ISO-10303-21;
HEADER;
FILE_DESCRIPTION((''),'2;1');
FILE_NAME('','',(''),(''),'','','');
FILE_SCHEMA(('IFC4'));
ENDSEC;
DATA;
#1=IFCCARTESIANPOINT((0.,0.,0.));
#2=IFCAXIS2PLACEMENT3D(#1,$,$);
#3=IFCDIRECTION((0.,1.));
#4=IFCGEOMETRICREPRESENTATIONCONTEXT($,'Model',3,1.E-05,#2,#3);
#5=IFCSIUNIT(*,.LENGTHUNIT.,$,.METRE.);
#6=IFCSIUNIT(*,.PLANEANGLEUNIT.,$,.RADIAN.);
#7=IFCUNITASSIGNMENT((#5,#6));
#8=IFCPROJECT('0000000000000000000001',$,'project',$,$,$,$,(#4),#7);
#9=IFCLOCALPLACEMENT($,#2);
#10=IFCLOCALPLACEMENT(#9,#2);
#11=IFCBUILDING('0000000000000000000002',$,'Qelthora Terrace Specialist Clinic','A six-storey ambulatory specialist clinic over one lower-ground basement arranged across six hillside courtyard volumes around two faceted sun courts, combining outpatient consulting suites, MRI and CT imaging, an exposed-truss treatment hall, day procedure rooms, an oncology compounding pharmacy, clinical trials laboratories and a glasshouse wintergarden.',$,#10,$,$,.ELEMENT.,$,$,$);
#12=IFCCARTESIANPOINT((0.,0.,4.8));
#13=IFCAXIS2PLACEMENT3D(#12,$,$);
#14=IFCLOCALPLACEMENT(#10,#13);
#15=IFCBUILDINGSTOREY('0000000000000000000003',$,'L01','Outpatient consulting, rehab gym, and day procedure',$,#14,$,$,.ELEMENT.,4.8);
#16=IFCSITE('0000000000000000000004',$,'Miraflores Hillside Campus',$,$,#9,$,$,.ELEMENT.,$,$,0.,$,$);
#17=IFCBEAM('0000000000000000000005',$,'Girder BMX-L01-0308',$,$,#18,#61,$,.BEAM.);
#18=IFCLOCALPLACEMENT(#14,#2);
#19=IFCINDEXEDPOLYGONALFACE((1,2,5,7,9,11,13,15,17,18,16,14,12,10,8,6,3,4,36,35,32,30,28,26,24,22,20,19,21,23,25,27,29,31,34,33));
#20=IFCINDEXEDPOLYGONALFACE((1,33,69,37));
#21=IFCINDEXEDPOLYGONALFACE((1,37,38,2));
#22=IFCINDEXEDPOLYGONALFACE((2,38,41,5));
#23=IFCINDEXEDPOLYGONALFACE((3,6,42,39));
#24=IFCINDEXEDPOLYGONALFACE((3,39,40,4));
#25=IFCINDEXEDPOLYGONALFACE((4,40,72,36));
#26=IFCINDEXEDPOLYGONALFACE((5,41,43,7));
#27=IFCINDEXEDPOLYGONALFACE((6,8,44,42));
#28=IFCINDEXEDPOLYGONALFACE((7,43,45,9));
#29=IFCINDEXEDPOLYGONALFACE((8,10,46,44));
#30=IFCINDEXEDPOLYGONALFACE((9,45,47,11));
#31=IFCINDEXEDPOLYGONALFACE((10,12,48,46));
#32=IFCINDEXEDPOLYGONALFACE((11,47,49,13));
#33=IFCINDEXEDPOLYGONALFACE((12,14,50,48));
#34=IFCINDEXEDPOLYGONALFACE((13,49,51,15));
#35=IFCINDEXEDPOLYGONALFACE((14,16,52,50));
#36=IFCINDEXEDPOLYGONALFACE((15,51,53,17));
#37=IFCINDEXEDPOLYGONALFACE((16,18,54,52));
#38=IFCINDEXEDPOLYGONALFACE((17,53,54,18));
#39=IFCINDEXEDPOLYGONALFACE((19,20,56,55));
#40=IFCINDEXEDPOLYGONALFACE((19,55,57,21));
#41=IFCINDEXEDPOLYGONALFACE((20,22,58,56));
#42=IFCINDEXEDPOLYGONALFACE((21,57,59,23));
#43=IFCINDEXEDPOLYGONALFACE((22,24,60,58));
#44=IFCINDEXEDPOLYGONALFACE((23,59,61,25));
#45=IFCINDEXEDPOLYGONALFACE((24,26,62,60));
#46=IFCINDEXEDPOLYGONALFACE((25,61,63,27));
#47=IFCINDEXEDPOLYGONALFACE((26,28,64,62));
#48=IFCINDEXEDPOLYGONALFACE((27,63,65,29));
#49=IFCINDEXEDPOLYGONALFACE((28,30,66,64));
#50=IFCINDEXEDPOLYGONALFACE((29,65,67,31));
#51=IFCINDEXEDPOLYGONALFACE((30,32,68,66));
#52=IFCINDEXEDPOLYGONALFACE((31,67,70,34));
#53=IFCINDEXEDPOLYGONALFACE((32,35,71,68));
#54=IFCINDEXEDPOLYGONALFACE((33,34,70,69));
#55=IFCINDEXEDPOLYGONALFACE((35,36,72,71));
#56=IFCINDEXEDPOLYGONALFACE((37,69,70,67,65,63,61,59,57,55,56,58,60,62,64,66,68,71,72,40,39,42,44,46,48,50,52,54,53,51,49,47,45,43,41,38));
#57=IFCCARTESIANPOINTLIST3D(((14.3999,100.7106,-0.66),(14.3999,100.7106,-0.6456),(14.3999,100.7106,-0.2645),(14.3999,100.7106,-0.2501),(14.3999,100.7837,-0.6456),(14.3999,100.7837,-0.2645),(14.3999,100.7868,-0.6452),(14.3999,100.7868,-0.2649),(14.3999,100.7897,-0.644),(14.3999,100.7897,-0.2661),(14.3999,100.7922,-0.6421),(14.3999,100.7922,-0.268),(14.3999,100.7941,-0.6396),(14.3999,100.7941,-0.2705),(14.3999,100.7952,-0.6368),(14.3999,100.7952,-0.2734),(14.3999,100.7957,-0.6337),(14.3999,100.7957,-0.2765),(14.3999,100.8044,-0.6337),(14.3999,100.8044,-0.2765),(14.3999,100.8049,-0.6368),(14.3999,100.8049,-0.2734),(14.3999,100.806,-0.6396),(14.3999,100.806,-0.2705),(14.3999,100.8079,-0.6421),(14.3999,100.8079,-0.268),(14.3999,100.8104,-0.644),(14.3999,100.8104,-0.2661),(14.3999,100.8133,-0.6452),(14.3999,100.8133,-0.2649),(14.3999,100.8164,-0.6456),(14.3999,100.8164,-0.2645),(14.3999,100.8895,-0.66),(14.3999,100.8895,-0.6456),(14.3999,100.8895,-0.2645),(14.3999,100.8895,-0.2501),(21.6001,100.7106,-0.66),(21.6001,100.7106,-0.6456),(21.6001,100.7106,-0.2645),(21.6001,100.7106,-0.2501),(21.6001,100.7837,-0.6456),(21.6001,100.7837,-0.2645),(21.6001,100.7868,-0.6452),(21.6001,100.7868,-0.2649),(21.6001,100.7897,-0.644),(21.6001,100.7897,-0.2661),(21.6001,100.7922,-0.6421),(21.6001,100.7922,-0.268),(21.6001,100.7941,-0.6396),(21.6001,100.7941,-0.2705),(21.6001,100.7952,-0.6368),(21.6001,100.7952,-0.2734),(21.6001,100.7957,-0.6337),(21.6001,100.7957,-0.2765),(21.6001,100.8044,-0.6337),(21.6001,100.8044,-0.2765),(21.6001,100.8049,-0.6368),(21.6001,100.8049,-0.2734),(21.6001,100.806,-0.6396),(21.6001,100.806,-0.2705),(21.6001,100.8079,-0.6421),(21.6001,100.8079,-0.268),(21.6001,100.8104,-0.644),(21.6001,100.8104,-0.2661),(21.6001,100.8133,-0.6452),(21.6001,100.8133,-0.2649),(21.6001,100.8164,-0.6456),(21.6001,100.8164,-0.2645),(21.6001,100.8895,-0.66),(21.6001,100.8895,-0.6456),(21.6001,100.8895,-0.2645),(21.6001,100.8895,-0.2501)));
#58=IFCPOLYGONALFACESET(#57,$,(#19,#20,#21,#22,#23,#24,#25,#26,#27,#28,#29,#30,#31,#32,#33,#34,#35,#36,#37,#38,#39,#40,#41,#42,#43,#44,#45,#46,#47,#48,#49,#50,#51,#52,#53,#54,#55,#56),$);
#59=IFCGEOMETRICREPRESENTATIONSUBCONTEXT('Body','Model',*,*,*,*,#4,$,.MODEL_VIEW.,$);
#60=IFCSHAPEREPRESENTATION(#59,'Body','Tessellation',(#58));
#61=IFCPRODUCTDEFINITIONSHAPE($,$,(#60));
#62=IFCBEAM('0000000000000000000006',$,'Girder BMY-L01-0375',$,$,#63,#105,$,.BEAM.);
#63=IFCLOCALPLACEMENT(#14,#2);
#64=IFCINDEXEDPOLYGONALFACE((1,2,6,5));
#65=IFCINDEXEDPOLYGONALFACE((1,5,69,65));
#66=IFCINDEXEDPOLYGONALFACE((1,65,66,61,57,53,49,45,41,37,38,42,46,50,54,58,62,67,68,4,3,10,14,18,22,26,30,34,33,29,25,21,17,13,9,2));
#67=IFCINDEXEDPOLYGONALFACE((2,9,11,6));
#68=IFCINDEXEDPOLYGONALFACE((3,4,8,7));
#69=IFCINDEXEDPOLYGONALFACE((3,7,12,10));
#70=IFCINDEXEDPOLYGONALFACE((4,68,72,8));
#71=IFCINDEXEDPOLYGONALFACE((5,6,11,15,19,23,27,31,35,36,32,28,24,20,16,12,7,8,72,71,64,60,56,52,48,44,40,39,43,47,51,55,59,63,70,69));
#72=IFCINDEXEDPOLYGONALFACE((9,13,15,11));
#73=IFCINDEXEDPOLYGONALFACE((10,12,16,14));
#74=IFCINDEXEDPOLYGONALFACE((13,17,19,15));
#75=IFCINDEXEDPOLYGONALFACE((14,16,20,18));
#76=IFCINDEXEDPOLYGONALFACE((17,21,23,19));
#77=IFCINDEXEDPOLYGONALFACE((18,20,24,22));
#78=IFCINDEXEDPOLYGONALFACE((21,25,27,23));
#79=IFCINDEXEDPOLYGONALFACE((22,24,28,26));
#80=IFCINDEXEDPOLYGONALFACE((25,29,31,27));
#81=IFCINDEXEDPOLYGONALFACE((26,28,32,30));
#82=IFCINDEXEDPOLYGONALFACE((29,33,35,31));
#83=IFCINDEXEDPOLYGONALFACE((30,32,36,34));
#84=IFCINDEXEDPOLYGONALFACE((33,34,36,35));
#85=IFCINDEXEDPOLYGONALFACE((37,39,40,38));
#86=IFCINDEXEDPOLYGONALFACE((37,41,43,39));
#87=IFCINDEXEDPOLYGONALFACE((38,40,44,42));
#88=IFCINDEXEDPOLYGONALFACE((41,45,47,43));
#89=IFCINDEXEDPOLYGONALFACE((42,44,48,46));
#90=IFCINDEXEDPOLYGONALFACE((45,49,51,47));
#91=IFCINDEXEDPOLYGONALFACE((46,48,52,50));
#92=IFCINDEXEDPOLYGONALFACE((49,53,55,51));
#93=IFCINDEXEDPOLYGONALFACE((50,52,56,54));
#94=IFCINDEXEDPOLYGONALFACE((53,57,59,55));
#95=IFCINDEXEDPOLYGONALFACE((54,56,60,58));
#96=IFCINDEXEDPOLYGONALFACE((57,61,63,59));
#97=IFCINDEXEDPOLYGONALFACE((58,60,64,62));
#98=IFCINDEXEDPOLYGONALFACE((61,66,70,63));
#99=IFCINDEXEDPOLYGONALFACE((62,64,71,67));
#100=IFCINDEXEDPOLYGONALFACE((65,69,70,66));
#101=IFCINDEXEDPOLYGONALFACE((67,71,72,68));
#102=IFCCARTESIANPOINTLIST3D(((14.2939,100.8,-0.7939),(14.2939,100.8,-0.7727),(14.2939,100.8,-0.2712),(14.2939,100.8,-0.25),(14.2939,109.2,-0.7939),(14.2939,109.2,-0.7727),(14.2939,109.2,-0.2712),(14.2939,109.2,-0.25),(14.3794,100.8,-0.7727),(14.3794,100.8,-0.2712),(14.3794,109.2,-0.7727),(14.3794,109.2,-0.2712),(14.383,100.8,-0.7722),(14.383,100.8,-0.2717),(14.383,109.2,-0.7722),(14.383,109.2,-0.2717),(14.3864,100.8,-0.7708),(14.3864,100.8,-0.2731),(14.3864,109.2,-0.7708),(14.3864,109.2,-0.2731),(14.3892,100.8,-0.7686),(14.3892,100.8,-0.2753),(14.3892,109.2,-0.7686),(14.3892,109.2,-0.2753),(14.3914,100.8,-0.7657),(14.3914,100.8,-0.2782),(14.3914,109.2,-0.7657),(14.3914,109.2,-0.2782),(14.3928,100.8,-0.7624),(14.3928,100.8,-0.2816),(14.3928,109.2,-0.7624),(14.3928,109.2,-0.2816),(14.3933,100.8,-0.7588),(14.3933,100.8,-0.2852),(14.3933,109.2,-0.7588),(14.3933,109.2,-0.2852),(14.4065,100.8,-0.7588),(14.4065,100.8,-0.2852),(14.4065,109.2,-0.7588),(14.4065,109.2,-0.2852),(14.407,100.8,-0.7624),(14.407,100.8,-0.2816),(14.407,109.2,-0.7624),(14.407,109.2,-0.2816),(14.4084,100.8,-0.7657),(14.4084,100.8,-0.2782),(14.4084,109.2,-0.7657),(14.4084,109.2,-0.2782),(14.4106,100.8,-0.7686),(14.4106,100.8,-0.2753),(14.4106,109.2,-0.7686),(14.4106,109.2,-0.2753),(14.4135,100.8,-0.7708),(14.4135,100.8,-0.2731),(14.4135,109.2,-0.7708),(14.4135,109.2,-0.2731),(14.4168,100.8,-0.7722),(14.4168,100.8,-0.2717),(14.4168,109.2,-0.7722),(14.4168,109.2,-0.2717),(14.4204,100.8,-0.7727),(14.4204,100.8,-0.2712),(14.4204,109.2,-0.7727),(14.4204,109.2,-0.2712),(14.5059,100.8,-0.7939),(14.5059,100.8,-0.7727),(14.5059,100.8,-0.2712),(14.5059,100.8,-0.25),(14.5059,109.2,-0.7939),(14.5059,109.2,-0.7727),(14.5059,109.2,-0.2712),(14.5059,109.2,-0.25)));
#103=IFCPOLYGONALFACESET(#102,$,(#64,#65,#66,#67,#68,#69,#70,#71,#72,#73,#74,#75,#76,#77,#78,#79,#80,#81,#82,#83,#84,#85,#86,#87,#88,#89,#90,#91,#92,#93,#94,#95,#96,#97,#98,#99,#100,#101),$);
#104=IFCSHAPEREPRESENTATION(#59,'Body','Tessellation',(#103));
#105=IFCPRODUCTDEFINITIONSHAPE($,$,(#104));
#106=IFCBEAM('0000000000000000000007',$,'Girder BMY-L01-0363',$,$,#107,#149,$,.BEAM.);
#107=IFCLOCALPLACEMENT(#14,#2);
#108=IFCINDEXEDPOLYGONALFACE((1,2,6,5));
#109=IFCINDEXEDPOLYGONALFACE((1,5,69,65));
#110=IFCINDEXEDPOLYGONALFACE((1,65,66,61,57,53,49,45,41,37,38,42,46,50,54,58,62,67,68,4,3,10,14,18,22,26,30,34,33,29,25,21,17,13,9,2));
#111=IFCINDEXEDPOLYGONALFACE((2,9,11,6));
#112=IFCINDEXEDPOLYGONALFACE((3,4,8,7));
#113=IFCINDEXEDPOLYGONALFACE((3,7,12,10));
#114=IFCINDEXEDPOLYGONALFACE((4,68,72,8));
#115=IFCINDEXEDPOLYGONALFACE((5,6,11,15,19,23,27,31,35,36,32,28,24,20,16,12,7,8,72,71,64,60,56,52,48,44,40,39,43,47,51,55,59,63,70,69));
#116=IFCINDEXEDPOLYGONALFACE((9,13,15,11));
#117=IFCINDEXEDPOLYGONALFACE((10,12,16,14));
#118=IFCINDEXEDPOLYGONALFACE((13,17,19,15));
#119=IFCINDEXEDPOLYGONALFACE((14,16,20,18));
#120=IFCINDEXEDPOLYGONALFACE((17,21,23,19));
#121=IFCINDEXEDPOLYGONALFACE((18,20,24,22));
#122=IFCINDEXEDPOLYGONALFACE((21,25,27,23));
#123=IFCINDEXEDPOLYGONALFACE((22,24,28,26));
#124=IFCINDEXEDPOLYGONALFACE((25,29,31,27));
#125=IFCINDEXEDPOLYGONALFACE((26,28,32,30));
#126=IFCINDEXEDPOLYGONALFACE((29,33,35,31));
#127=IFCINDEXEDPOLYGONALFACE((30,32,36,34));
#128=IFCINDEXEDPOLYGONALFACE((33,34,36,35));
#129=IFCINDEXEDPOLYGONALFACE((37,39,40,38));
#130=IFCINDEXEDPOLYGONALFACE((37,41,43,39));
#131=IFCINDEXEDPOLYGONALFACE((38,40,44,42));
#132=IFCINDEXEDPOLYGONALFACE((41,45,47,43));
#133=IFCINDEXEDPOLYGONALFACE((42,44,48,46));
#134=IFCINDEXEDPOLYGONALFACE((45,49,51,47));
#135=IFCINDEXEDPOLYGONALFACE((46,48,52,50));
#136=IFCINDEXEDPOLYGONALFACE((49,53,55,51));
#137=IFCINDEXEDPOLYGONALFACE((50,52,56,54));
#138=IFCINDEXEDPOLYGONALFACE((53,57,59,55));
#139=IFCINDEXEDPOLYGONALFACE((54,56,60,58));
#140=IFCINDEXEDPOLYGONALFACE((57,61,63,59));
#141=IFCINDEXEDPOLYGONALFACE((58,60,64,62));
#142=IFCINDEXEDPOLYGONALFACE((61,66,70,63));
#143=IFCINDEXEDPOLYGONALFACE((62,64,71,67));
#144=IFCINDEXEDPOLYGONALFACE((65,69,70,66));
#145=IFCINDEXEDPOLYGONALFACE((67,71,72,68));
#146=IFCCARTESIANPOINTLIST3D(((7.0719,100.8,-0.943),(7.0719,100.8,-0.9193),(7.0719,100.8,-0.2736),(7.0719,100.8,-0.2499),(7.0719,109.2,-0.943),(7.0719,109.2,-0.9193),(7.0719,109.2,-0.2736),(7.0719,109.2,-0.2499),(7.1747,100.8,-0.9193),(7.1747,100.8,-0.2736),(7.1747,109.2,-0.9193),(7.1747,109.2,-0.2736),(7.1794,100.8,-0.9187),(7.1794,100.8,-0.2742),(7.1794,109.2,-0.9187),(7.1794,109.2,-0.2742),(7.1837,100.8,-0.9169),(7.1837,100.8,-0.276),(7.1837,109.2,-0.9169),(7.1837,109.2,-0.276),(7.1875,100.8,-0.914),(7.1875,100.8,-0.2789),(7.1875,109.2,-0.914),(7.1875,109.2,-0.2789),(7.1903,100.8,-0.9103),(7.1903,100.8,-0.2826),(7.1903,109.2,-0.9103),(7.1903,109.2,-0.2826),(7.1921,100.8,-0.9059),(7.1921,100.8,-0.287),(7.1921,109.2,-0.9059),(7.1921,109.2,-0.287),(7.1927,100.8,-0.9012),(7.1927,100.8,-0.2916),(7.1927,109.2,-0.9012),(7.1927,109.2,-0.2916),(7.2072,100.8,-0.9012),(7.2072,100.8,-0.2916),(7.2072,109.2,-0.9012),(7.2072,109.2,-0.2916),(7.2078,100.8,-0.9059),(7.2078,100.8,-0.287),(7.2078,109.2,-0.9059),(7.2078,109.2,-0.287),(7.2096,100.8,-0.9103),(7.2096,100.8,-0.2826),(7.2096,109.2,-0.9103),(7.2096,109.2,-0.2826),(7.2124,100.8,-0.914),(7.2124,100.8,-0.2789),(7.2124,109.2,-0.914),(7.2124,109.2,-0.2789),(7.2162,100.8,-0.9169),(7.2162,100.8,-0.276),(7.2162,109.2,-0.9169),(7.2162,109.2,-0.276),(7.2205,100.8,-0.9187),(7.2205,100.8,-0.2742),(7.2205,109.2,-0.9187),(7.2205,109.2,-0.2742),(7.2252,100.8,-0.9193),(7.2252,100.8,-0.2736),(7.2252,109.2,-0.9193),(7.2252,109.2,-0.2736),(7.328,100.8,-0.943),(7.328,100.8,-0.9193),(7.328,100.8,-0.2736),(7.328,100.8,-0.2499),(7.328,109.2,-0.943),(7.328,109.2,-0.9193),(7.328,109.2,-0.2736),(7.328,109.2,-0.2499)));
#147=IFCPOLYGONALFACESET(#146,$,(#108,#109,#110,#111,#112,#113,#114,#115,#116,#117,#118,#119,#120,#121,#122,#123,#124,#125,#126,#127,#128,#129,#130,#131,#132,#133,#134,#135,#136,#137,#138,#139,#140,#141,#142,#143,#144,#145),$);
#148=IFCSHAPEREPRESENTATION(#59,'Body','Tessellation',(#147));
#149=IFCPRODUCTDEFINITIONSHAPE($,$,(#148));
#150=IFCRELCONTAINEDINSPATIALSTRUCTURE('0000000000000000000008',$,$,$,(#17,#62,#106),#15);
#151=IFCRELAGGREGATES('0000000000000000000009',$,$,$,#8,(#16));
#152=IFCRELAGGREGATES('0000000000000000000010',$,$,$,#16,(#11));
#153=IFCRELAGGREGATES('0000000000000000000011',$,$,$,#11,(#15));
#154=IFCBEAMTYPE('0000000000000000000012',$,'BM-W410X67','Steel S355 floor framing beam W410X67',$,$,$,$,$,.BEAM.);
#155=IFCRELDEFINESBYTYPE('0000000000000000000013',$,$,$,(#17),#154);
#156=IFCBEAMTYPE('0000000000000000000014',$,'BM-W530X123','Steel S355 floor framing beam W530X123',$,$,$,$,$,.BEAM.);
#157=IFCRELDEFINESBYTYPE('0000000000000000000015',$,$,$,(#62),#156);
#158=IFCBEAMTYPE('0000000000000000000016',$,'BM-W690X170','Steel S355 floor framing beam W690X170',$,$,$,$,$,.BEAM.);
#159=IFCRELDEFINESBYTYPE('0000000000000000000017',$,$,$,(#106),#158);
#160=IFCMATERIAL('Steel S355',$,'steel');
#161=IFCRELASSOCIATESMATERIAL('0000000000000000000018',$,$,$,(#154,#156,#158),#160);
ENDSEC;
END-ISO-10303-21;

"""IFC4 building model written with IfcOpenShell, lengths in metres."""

from ifc_helpers import new_model, si_unit, direction, frame, origin, origin_2d, place, context, subcontext, project, spatial, i_section, extrude, material, material_profile, profile_set, type_object, element, save


model = new_model("IFC4")

# Units and contexts
model_context = context("Model", 3, precision=1e-05, world=origin(), true_north=direction((0.0, 1.0)))
body_context = subcontext(model_context, "Body", "Model", "MODEL_VIEW")
ifc_project = project(units=[si_unit("LENGTHUNIT", "METRE"), si_unit("PLANEANGLEUNIT", "RADIAN")], contexts=[model_context])

# Site, building, storey
site_placement = place(None, origin())
site = spatial("IfcSite", under=ifc_project, at=site_placement, Name="Miraflores Hillside Campus", CompositionType="ELEMENT", RefElevation=0.0)
building_placement = place(site_placement, origin())
building = spatial("IfcBuilding", under=site, at=building_placement, Name="Qelthora Terrace Specialist Clinic", Description="A six-storey ambulatory specialist clinic over one lower-ground basement arranged across six hillside courtyard volumes around two faceted sun courts, combining outpatient consulting suites, MRI and CT imaging, an exposed-truss treatment hall, day procedure rooms, an oncology compounding pharmacy, clinical trials laboratories and a glasshouse wintergarden.", CompositionType="ELEMENT")
storey_placement = place(building_placement, frame((0.0, 0.0, 4.8)))
storey = spatial("IfcBuildingStorey", under=building, at=storey_placement, Name="L01", Description="Outpatient consulting, rehab gym, and day procedure", CompositionType="ELEMENT", Elevation=4.8)

# Shared definitions
ifc_material_1 = material(Name="Steel S355", Category="steel")

# Beams
ifc_material_profile_1 = material_profile(ifc_material_1, i_section(OverallWidth=0.179, OverallDepth=0.4099, WebThickness=0.0088, FlangeThickness=0.0144, FilletRadius=0.012, at=origin_2d()), Name="W410X67")
ifc_profile_set_1 = profile_set([ifc_material_profile_1], Name="Steel S355")
beam_type_1 = type_object("IfcBeamType", Name="BM-W410X67", Description="Steel S355 floor framing beam W410X67", PredefinedType="BEAM", material=ifc_profile_set_1)
beam_1_placement = place(storey_placement, frame((14.3999, 100.8, -0.4551), z_axis=(1.0, 0.0, 0.0), x_axis=(0.0, 1.0, 0.0)))
element("IfcBeam", 1, at=beam_1_placement, inside=storey, type_object=beam_type_1, Name="Girder BMX-L01-0308", PredefinedType="BEAM", context=body_context, shape_type="SweptSolid", body=[
    extrude(i_section(OverallWidth=0.179, OverallDepth=0.4099, WebThickness=0.0088, FlangeThickness=0.0144, FilletRadius=0.012, at=origin_2d()), origin(), (0.0, 0.0, 1.0), 7.2002),
])
ifc_material_profile_2 = material_profile(ifc_material_1, i_section(OverallWidth=0.2119, OverallDepth=0.5439, WebThickness=0.0132, FlangeThickness=0.0212, FilletRadius=0.0139, at=origin_2d()), Name="W530X123")
ifc_profile_set_2 = profile_set([ifc_material_profile_2], Name="Steel S355")
beam_type_2 = type_object("IfcBeamType", Name="BM-W530X123", Description="Steel S355 floor framing beam W530X123", PredefinedType="BEAM", material=ifc_profile_set_2)
beam_2_placement = place(storey_placement, frame((14.3999, 100.8, -0.522), z_axis=(0.0, 1.0, 0.0), x_axis=(-1.0, 0.0, 0.0)))
element("IfcBeam", 2, at=beam_2_placement, inside=storey, type_object=beam_type_2, Name="Girder BMY-L01-0375", PredefinedType="BEAM", context=body_context, shape_type="SweptSolid", body=[
    extrude(i_section(OverallWidth=0.2119, OverallDepth=0.5439, WebThickness=0.0132, FlangeThickness=0.0212, FilletRadius=0.0139, at=origin_2d()), origin(), (0.0, 0.0, 1.0), 8.3999),
])
ifc_material_profile_3 = material_profile(ifc_material_1, i_section(OverallWidth=0.2561, OverallDepth=0.6931, WebThickness=0.0144, FlangeThickness=0.0237, FilletRadius=0.0181, at=origin_2d()), Name="W690X170")
ifc_profile_set_3 = profile_set([ifc_material_profile_3], Name="Steel S355")
beam_type_3 = type_object("IfcBeamType", Name="BM-W690X170", Description="Steel S355 floor framing beam W690X170", PredefinedType="BEAM", material=ifc_profile_set_3)
beam_3_placement = place(storey_placement, frame((7.2, 100.8, -0.5964), z_axis=(0.0, 1.0, 0.0), x_axis=(-1.0, 0.0, 0.0)))
element("IfcBeam", 3, at=beam_3_placement, inside=storey, type_object=beam_type_3, Name="Girder BMY-L01-0363", PredefinedType="BEAM", context=body_context, shape_type="SweptSolid", body=[
    extrude(i_section(OverallWidth=0.2561, OverallDepth=0.6931, WebThickness=0.0144, FlangeThickness=0.0237, FilletRadius=0.0181, at=origin_2d()), origin(), (0.0, 0.0, 1.0), 8.3999),
])

save(model, "model.ifc")
